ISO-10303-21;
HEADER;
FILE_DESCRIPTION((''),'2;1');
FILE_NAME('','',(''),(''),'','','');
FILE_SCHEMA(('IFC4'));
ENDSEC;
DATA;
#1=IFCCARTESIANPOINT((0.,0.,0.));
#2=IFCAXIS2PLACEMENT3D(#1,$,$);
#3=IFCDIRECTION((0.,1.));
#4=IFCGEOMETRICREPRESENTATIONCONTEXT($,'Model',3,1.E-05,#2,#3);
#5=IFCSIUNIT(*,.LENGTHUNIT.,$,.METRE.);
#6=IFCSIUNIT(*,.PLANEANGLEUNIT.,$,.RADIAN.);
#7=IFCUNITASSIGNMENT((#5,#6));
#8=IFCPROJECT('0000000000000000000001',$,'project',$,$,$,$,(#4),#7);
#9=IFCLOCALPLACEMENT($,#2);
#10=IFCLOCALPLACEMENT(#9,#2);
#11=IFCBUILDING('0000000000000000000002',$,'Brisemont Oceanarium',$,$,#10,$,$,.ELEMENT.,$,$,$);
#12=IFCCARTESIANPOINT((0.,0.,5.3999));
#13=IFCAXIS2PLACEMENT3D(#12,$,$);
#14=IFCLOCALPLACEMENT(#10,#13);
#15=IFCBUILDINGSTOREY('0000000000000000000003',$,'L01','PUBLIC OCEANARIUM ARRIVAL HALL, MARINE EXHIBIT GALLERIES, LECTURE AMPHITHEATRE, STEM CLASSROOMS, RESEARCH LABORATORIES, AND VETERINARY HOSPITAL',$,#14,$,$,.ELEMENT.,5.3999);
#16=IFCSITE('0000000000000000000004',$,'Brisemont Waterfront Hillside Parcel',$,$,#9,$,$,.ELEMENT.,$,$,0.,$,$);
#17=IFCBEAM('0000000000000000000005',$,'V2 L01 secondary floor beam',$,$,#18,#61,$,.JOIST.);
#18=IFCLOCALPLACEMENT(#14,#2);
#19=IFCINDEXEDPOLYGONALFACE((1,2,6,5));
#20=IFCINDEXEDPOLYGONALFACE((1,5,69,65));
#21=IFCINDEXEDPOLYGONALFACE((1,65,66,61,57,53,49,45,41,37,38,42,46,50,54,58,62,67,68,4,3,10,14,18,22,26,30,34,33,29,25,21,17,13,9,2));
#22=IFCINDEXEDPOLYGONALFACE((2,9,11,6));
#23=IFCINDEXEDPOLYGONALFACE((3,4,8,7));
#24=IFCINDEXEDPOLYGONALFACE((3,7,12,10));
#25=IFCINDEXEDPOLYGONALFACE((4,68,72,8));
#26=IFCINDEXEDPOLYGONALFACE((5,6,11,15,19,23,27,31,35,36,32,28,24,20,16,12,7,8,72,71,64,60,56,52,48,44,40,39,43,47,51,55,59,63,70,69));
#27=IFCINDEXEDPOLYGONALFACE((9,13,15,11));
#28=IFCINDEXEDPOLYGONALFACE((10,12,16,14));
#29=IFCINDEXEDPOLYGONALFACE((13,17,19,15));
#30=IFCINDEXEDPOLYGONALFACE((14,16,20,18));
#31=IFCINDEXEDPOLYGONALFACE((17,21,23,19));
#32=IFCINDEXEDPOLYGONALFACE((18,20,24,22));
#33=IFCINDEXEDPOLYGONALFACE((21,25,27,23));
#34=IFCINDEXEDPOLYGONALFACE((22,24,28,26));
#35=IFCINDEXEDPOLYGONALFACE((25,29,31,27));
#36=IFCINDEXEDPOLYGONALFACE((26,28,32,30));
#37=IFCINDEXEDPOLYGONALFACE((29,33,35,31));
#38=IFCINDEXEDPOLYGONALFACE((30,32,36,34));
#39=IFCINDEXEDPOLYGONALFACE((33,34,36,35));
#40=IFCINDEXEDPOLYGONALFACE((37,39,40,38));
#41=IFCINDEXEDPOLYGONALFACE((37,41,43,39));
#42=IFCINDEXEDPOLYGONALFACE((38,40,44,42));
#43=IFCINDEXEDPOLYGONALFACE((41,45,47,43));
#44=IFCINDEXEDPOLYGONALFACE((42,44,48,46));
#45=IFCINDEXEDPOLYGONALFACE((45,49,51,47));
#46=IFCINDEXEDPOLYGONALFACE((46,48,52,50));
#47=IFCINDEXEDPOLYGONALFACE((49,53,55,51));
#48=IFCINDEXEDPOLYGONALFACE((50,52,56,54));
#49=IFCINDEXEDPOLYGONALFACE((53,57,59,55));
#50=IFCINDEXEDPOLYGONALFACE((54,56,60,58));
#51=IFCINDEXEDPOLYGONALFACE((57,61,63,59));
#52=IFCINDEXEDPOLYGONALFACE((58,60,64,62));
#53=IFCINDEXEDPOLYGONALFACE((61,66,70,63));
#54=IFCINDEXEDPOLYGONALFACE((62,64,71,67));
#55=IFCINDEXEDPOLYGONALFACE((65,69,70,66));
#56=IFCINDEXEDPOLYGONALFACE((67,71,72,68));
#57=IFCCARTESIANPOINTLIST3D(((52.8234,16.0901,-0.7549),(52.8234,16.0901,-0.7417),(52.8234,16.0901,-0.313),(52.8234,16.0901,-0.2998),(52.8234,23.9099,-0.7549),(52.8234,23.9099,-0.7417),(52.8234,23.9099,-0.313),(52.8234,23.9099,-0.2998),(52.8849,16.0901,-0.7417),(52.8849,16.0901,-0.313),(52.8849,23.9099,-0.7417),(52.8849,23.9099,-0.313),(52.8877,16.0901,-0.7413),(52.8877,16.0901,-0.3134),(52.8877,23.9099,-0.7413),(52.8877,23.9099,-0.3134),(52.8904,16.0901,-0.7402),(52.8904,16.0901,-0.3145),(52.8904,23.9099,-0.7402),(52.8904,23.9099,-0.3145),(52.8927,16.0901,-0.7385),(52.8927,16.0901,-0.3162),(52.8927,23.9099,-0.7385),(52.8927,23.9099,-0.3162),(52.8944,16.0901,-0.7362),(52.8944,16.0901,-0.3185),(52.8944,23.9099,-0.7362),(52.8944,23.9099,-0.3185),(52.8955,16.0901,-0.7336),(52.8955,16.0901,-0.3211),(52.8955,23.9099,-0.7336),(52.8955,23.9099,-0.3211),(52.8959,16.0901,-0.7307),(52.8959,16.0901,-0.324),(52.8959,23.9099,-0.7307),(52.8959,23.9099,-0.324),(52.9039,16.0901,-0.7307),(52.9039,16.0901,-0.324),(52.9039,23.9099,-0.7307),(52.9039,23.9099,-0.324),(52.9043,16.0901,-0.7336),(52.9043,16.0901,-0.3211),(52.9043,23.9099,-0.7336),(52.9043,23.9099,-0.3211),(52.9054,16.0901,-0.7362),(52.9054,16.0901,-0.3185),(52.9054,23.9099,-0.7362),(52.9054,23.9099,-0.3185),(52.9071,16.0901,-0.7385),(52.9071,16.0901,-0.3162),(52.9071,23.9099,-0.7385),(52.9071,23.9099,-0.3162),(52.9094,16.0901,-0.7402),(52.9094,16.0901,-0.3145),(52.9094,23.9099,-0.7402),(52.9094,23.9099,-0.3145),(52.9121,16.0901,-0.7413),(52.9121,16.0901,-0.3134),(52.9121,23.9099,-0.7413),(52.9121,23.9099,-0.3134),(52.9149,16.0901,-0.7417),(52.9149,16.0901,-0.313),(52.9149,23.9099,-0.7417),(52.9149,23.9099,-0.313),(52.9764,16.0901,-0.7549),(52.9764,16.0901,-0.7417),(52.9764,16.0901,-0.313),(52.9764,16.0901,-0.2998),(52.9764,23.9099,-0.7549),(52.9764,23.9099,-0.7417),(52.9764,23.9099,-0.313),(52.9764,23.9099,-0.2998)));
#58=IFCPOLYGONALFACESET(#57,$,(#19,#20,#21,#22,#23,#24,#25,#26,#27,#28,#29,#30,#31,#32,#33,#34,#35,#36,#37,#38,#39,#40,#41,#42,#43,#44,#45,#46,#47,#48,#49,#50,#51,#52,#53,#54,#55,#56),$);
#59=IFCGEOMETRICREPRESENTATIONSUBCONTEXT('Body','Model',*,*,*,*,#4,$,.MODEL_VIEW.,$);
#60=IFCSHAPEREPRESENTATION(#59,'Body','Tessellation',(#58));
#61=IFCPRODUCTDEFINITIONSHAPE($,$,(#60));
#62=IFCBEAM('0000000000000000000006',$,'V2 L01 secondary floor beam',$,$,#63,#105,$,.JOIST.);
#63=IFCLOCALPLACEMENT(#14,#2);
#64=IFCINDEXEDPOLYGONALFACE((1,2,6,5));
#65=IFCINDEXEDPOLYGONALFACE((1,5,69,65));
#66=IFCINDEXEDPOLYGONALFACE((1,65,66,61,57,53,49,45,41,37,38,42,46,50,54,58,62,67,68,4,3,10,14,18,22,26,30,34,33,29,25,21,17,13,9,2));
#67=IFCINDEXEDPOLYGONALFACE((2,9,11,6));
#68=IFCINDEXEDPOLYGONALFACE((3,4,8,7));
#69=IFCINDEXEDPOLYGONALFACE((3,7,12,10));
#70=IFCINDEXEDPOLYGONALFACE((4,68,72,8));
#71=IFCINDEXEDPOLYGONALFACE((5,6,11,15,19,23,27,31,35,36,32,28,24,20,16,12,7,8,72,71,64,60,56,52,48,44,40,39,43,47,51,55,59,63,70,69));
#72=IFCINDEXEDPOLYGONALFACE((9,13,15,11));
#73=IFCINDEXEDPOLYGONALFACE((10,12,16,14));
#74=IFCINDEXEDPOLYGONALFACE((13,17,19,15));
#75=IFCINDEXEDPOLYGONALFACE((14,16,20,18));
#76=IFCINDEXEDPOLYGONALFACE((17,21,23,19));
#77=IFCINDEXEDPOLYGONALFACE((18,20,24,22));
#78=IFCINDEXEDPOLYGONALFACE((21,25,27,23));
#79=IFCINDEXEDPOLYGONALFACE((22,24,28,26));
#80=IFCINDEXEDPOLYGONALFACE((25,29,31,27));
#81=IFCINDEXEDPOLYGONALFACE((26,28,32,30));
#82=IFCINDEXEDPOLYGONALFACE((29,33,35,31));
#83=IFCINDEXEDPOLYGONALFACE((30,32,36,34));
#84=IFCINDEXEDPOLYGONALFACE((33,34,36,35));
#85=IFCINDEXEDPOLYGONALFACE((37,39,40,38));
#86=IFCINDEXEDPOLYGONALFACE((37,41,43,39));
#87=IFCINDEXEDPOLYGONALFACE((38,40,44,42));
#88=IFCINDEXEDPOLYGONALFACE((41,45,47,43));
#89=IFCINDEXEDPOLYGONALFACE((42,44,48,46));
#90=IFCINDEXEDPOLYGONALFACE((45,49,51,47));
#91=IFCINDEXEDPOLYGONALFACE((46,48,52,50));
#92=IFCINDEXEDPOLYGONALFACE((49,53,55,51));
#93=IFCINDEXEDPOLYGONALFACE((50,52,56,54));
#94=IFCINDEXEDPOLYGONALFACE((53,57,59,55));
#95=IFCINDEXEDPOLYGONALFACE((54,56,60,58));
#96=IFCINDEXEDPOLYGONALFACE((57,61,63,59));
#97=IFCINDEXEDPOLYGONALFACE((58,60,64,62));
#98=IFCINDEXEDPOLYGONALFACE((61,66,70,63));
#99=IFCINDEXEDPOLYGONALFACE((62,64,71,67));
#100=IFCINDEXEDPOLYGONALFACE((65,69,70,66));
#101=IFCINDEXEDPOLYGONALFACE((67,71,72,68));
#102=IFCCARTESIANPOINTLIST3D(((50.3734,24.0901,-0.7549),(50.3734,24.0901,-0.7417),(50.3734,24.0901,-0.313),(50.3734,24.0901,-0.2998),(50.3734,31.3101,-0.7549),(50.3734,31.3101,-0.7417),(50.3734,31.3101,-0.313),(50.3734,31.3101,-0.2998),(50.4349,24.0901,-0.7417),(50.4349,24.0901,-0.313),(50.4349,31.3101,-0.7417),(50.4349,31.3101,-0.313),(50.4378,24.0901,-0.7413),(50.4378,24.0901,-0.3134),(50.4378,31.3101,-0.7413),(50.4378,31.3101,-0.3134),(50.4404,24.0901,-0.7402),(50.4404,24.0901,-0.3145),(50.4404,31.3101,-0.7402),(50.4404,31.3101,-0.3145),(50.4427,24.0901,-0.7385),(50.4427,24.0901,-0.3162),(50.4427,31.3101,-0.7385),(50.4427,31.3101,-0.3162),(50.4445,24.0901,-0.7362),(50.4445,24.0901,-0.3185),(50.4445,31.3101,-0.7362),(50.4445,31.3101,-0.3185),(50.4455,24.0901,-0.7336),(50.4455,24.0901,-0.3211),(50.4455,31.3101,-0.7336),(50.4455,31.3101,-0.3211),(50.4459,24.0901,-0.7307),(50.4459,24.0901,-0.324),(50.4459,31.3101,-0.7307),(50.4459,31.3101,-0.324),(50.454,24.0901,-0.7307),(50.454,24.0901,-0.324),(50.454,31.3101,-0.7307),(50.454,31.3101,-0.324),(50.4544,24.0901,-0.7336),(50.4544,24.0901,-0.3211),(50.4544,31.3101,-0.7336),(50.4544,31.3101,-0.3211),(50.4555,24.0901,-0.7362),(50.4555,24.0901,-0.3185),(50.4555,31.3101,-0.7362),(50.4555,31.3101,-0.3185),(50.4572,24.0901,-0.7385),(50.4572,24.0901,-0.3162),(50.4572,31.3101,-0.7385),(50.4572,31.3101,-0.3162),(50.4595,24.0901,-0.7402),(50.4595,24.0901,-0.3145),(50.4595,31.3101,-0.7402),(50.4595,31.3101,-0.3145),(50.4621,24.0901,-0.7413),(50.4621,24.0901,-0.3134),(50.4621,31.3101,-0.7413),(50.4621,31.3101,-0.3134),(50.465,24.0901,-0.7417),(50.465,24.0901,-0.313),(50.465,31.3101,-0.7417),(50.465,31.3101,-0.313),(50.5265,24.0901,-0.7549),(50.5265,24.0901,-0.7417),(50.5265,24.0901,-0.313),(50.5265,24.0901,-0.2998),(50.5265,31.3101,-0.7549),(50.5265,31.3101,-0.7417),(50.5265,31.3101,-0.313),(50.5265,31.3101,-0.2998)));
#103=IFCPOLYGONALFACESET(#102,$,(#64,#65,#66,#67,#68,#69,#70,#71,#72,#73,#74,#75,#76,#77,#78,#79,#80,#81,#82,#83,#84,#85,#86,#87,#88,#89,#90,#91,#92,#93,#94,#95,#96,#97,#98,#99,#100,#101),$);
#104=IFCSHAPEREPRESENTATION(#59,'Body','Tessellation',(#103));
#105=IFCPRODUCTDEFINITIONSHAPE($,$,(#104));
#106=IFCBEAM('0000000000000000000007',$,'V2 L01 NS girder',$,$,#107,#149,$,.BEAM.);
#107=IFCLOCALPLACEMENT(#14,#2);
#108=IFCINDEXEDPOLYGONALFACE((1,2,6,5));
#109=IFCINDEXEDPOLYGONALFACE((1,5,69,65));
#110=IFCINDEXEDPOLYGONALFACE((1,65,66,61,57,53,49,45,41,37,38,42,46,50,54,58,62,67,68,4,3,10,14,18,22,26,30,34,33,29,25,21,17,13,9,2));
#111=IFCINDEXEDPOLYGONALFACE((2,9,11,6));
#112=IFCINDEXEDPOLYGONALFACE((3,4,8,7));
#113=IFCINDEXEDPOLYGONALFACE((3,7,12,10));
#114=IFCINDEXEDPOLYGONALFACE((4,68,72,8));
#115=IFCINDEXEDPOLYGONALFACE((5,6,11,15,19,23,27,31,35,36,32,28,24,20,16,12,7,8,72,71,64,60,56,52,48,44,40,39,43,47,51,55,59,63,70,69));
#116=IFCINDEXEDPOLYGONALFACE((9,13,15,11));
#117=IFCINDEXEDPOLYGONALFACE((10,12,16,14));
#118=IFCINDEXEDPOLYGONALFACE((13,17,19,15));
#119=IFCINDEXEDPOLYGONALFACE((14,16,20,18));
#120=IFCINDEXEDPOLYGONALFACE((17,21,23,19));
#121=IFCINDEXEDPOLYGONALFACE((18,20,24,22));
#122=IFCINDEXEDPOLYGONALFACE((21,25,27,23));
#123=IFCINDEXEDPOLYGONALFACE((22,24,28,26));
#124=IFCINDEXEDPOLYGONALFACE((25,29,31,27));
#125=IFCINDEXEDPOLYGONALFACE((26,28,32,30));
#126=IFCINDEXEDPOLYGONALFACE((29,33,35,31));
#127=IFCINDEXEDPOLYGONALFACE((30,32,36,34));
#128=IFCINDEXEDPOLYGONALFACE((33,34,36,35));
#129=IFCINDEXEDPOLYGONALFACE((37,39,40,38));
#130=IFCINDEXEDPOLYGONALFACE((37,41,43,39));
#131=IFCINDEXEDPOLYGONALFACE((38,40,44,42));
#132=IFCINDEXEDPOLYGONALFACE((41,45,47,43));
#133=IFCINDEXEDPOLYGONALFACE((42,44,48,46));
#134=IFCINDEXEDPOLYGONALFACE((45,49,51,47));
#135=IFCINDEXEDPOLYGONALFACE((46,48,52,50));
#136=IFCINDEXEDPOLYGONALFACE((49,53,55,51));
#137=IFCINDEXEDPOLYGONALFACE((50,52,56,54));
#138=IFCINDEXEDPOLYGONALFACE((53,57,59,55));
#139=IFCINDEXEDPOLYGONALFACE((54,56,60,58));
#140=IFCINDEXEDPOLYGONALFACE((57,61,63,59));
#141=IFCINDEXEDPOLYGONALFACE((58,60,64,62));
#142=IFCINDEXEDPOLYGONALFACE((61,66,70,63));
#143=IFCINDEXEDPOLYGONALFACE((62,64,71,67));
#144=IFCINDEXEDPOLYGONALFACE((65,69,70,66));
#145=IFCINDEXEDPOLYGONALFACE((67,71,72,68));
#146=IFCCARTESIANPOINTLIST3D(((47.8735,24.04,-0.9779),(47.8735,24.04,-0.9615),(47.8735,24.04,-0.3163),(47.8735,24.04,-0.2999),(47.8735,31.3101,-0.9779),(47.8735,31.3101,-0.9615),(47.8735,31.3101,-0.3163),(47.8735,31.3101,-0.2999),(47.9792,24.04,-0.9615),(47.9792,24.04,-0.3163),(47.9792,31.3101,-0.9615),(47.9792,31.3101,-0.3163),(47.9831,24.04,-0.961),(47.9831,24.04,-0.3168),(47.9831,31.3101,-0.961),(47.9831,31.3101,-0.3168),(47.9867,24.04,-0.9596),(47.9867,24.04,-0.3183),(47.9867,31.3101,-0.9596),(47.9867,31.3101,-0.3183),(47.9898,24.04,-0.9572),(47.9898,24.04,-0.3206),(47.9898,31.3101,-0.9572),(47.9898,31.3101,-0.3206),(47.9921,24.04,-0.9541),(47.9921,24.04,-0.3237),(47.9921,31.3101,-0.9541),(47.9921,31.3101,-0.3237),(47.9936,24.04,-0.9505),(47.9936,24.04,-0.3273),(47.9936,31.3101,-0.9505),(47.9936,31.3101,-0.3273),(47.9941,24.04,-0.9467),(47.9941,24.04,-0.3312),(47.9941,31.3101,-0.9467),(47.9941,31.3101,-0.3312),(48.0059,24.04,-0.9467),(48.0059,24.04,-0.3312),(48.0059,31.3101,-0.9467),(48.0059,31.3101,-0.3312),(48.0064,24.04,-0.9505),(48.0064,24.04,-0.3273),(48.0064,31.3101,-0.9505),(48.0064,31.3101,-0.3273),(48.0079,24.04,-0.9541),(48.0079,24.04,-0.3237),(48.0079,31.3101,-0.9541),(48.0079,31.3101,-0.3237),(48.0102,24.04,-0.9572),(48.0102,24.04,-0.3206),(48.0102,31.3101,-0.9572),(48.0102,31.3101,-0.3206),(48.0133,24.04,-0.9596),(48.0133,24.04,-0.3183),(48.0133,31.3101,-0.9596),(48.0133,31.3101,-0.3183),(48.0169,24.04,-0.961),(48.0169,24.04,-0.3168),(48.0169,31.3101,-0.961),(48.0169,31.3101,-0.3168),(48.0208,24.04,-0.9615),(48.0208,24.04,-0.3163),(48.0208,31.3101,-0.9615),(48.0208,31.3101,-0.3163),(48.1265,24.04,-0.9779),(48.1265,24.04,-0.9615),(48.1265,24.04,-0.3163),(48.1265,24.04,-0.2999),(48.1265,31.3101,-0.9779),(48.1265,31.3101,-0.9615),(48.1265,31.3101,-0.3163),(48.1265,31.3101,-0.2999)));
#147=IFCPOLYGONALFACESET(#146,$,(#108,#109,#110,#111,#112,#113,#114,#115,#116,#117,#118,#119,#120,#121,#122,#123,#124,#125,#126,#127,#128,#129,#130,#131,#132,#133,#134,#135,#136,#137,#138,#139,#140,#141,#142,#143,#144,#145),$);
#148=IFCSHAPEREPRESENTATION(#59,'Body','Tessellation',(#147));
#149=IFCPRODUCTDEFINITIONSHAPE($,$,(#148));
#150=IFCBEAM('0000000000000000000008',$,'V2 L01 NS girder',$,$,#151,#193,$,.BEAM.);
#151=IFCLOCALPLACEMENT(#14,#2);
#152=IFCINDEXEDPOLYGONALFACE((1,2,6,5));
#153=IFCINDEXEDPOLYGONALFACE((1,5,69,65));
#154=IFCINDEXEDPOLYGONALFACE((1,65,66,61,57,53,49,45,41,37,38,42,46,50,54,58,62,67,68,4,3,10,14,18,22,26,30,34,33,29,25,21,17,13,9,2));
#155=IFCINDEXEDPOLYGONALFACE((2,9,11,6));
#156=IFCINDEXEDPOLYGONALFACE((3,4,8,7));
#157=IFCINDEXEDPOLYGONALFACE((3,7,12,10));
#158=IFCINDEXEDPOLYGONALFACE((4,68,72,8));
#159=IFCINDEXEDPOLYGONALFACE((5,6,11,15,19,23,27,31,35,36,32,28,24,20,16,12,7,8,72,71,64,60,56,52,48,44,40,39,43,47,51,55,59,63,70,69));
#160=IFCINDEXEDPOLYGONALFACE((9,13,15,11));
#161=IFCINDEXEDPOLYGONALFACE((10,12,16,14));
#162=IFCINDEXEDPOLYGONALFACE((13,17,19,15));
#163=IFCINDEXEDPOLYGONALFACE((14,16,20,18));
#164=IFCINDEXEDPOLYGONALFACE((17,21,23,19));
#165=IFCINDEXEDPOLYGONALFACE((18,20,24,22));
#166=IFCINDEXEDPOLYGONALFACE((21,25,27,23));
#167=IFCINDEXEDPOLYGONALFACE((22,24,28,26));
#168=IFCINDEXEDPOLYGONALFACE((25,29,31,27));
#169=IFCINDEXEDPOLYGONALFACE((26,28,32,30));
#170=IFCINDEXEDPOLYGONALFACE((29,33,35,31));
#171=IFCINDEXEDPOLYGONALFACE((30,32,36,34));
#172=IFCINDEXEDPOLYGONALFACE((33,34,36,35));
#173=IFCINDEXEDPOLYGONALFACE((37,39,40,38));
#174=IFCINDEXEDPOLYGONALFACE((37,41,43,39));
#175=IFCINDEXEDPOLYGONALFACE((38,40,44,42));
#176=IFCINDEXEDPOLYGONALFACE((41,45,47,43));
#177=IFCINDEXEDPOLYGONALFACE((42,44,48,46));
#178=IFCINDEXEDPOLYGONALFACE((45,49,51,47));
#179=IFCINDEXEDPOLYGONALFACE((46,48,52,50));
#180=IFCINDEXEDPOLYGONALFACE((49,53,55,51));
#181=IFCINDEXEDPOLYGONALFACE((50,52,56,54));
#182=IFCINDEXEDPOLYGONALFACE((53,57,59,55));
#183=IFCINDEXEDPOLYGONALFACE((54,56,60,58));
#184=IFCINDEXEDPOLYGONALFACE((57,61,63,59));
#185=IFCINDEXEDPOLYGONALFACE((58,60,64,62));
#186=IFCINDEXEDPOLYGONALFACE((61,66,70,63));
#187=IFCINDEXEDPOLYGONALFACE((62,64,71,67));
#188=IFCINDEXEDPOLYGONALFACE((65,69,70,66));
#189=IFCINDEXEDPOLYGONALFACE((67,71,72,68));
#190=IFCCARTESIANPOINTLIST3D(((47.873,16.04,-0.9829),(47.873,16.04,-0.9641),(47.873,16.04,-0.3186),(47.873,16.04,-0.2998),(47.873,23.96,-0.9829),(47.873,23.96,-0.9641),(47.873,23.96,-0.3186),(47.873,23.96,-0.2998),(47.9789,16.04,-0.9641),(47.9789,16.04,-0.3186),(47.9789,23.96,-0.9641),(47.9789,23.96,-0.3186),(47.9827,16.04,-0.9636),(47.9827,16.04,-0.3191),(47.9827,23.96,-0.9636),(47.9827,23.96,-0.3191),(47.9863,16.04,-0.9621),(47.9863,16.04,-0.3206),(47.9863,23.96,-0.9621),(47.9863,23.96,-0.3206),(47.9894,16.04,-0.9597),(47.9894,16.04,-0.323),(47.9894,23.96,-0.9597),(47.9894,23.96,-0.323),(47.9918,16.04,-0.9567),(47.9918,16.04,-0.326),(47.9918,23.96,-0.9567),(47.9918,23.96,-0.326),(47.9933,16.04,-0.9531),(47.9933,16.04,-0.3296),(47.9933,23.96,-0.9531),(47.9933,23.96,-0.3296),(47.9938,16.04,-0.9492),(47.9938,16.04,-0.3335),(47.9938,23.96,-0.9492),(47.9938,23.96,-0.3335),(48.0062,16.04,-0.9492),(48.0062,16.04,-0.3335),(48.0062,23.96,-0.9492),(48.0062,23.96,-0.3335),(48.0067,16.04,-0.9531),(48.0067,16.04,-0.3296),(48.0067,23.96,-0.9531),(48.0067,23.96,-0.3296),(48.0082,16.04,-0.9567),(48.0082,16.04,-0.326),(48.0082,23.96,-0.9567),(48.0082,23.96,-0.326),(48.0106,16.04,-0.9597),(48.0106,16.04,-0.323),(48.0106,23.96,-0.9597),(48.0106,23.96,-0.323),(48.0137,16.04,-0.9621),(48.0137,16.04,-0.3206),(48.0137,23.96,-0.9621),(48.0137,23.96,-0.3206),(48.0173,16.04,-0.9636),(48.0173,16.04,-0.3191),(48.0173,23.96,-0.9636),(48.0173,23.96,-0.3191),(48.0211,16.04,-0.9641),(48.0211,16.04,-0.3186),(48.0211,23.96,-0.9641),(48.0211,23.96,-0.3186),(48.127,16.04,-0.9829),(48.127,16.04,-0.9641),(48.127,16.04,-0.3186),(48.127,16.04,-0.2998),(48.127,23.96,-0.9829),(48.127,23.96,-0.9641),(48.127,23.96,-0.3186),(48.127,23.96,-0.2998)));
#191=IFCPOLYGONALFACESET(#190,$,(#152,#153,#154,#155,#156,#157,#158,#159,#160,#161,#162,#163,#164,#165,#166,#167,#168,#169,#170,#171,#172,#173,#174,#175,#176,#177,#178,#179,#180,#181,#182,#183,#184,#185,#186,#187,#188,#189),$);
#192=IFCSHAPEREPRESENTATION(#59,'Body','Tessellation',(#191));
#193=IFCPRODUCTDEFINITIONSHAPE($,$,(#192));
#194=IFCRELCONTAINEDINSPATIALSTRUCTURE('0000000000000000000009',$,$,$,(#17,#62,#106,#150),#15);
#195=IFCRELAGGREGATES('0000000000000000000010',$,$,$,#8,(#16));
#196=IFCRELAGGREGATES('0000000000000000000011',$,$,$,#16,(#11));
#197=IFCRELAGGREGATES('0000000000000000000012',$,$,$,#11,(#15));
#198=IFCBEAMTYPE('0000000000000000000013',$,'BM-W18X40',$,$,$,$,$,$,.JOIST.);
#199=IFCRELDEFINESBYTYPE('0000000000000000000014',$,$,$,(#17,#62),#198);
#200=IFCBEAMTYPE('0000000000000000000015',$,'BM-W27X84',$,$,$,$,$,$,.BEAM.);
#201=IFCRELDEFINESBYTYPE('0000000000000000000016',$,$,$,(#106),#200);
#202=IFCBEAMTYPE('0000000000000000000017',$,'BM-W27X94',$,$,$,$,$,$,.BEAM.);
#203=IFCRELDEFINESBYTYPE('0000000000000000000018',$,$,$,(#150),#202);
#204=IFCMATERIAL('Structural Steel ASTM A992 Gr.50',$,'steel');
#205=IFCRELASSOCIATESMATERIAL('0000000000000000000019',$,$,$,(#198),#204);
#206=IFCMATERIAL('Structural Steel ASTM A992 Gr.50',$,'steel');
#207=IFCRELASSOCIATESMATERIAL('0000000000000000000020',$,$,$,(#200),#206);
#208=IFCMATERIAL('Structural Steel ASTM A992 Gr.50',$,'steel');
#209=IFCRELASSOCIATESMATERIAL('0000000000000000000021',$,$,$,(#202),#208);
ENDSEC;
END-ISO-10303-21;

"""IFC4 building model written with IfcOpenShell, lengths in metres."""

from ifc_helpers import new_model, si_unit, direction, frame, origin, origin_2d, place, context, subcontext, project, spatial, i_section, extrude, material, material_profile, profile_set, type_object, element, save


model = new_model("IFC4")

# Units and contexts
model_context = context("Model", 3, precision=1e-05, world=origin(), true_north=direction((0.0, 1.0)))
body_context = subcontext(model_context, "Body", "Model", "MODEL_VIEW")
ifc_project = project(units=[si_unit("LENGTHUNIT", "METRE"), si_unit("PLANEANGLEUNIT", "RADIAN")], contexts=[model_context])

# Site, building, storey
site_placement = place(None, origin())
site = spatial("IfcSite", under=ifc_project, at=site_placement, Name="Brisemont Waterfront Hillside Parcel", CompositionType="ELEMENT", RefElevation=0.0)
building_placement = place(site_placement, origin())
building = spatial("IfcBuilding", under=site, at=building_placement, Name="Brisemont Oceanarium", CompositionType="ELEMENT")
storey_placement = place(building_placement, frame((0.0, 0.0, 5.3999)))
storey = spatial("IfcBuildingStorey", under=building, at=storey_placement, Name="L01", Description="PUBLIC OCEANARIUM ARRIVAL HALL, MARINE EXHIBIT GALLERIES, LECTURE AMPHITHEATRE, STEM CLASSROOMS, RESEARCH LABORATORIES, AND VETERINARY HOSPITAL", CompositionType="ELEMENT", Elevation=5.3999)

# Beams
ifc_material_1 = material(Name="Structural Steel ASTM A992 Gr.50", Category="steel")
ifc_material_profile_1 = material_profile(ifc_material_1, i_section(OverallWidth=0.1531, OverallDepth=0.4551, WebThickness=0.0081, FlangeThickness=0.0132, FilletRadius=0.011, at=origin_2d()), Name="W18X40")
ifc_profile_set_1 = profile_set([ifc_material_profile_1], Name="Structural Steel ASTM A992 Gr.50")
beam_type_1 = type_object("IfcBeamType", Name="BM-W18X40", PredefinedType="JOIST", material=ifc_profile_set_1)
beam_1_placement = place(storey_placement, frame((52.8999, 16.0901, -0.5273), z_axis=(0.0, 1.0, 0.0), x_axis=(-1.0, 0.0, 0.0)))
element("IfcBeam", 1, at=beam_1_placement, inside=storey, type_object=beam_type_1, Name="V2 L01 secondary floor beam", PredefinedType="JOIST", context=body_context, shape_type="SweptSolid", body=[
    extrude(i_section(OverallWidth=0.1531, OverallDepth=0.4551, WebThickness=0.0081, FlangeThickness=0.0132, FilletRadius=0.011, at=origin_2d()), origin(), (0.0, 0.0, 1.0), 7.8198),
])
beam_2_placement = place(storey_placement, frame((50.45, 24.0901, -0.5273), z_axis=(0.0, 1.0, 0.0), x_axis=(-1.0, 0.0, 0.0)))
element("IfcBeam", 2, at=beam_2_placement, inside=storey, type_object=beam_type_1, Name="V2 L01 secondary floor beam", PredefinedType="JOIST", context=body_context, shape_type="SweptSolid", body=[
    extrude(i_section(OverallWidth=0.1531, OverallDepth=0.4551, WebThickness=0.0081, FlangeThickness=0.0132, FilletRadius=0.011, at=origin_2d()), origin(), (0.0, 0.0, 1.0), 7.22),
])
ifc_material_2 = material(Name="Structural Steel ASTM A992 Gr.50", Category="steel")
ifc_material_profile_2 = material_profile(ifc_material_2, i_section(OverallWidth=0.2529, OverallDepth=0.678, WebThickness=0.0117, FlangeThickness=0.0164, FilletRadius=0.0149, at=origin_2d()), Name="W27X84")
ifc_profile_set_2 = profile_set([ifc_material_profile_2], Name="Structural Steel ASTM A992 Gr.50")
beam_type_2 = type_object("IfcBeamType", Name="BM-W27X84", PredefinedType="BEAM", material=ifc_profile_set_2)
beam_3_placement = place(storey_placement, frame((48.0, 24.04, -0.6389), z_axis=(0.0, 1.0, 0.0), x_axis=(-1.0, 0.0, 0.0)))
element("IfcBeam", 3, at=beam_3_placement, inside=storey, type_object=beam_type_2, Name="V2 L01 NS girder", PredefinedType="BEAM", context=body_context, shape_type="SweptSolid", body=[
    extrude(i_section(OverallWidth=0.2529, OverallDepth=0.678, WebThickness=0.0117, FlangeThickness=0.0164, FilletRadius=0.0149, at=origin_2d()), origin(), (0.0, 0.0, 1.0), 7.27),
])
ifc_material_3 = material(Name="Structural Steel ASTM A992 Gr.50", Category="steel")
ifc_material_profile_3 = material_profile(ifc_material_3, i_section(OverallWidth=0.2539, OverallDepth=0.6831, WebThickness=0.0125, FlangeThickness=0.0188, FilletRadius=0.0149, at=origin_2d()), Name="W27X94")
ifc_profile_set_3 = profile_set([ifc_material_profile_3], Name="Structural Steel ASTM A992 Gr.50")
beam_type_3 = type_object("IfcBeamType", Name="BM-W27X94", PredefinedType="BEAM", material=ifc_profile_set_3)
beam_4_placement = place(storey_placement, frame((48.0, 16.04, -0.6414), z_axis=(0.0, 1.0, 0.0), x_axis=(-1.0, 0.0, 0.0)))
element("IfcBeam", 4, at=beam_4_placement, inside=storey, type_object=beam_type_3, Name="V2 L01 NS girder", PredefinedType="BEAM", context=body_context, shape_type="SweptSolid", body=[
    extrude(i_section(OverallWidth=0.2539, OverallDepth=0.6831, WebThickness=0.0125, FlangeThickness=0.0188, FilletRadius=0.0149, at=origin_2d()), origin(), (0.0, 0.0, 1.0), 7.9199),
])

save(model, "model.ifc")
